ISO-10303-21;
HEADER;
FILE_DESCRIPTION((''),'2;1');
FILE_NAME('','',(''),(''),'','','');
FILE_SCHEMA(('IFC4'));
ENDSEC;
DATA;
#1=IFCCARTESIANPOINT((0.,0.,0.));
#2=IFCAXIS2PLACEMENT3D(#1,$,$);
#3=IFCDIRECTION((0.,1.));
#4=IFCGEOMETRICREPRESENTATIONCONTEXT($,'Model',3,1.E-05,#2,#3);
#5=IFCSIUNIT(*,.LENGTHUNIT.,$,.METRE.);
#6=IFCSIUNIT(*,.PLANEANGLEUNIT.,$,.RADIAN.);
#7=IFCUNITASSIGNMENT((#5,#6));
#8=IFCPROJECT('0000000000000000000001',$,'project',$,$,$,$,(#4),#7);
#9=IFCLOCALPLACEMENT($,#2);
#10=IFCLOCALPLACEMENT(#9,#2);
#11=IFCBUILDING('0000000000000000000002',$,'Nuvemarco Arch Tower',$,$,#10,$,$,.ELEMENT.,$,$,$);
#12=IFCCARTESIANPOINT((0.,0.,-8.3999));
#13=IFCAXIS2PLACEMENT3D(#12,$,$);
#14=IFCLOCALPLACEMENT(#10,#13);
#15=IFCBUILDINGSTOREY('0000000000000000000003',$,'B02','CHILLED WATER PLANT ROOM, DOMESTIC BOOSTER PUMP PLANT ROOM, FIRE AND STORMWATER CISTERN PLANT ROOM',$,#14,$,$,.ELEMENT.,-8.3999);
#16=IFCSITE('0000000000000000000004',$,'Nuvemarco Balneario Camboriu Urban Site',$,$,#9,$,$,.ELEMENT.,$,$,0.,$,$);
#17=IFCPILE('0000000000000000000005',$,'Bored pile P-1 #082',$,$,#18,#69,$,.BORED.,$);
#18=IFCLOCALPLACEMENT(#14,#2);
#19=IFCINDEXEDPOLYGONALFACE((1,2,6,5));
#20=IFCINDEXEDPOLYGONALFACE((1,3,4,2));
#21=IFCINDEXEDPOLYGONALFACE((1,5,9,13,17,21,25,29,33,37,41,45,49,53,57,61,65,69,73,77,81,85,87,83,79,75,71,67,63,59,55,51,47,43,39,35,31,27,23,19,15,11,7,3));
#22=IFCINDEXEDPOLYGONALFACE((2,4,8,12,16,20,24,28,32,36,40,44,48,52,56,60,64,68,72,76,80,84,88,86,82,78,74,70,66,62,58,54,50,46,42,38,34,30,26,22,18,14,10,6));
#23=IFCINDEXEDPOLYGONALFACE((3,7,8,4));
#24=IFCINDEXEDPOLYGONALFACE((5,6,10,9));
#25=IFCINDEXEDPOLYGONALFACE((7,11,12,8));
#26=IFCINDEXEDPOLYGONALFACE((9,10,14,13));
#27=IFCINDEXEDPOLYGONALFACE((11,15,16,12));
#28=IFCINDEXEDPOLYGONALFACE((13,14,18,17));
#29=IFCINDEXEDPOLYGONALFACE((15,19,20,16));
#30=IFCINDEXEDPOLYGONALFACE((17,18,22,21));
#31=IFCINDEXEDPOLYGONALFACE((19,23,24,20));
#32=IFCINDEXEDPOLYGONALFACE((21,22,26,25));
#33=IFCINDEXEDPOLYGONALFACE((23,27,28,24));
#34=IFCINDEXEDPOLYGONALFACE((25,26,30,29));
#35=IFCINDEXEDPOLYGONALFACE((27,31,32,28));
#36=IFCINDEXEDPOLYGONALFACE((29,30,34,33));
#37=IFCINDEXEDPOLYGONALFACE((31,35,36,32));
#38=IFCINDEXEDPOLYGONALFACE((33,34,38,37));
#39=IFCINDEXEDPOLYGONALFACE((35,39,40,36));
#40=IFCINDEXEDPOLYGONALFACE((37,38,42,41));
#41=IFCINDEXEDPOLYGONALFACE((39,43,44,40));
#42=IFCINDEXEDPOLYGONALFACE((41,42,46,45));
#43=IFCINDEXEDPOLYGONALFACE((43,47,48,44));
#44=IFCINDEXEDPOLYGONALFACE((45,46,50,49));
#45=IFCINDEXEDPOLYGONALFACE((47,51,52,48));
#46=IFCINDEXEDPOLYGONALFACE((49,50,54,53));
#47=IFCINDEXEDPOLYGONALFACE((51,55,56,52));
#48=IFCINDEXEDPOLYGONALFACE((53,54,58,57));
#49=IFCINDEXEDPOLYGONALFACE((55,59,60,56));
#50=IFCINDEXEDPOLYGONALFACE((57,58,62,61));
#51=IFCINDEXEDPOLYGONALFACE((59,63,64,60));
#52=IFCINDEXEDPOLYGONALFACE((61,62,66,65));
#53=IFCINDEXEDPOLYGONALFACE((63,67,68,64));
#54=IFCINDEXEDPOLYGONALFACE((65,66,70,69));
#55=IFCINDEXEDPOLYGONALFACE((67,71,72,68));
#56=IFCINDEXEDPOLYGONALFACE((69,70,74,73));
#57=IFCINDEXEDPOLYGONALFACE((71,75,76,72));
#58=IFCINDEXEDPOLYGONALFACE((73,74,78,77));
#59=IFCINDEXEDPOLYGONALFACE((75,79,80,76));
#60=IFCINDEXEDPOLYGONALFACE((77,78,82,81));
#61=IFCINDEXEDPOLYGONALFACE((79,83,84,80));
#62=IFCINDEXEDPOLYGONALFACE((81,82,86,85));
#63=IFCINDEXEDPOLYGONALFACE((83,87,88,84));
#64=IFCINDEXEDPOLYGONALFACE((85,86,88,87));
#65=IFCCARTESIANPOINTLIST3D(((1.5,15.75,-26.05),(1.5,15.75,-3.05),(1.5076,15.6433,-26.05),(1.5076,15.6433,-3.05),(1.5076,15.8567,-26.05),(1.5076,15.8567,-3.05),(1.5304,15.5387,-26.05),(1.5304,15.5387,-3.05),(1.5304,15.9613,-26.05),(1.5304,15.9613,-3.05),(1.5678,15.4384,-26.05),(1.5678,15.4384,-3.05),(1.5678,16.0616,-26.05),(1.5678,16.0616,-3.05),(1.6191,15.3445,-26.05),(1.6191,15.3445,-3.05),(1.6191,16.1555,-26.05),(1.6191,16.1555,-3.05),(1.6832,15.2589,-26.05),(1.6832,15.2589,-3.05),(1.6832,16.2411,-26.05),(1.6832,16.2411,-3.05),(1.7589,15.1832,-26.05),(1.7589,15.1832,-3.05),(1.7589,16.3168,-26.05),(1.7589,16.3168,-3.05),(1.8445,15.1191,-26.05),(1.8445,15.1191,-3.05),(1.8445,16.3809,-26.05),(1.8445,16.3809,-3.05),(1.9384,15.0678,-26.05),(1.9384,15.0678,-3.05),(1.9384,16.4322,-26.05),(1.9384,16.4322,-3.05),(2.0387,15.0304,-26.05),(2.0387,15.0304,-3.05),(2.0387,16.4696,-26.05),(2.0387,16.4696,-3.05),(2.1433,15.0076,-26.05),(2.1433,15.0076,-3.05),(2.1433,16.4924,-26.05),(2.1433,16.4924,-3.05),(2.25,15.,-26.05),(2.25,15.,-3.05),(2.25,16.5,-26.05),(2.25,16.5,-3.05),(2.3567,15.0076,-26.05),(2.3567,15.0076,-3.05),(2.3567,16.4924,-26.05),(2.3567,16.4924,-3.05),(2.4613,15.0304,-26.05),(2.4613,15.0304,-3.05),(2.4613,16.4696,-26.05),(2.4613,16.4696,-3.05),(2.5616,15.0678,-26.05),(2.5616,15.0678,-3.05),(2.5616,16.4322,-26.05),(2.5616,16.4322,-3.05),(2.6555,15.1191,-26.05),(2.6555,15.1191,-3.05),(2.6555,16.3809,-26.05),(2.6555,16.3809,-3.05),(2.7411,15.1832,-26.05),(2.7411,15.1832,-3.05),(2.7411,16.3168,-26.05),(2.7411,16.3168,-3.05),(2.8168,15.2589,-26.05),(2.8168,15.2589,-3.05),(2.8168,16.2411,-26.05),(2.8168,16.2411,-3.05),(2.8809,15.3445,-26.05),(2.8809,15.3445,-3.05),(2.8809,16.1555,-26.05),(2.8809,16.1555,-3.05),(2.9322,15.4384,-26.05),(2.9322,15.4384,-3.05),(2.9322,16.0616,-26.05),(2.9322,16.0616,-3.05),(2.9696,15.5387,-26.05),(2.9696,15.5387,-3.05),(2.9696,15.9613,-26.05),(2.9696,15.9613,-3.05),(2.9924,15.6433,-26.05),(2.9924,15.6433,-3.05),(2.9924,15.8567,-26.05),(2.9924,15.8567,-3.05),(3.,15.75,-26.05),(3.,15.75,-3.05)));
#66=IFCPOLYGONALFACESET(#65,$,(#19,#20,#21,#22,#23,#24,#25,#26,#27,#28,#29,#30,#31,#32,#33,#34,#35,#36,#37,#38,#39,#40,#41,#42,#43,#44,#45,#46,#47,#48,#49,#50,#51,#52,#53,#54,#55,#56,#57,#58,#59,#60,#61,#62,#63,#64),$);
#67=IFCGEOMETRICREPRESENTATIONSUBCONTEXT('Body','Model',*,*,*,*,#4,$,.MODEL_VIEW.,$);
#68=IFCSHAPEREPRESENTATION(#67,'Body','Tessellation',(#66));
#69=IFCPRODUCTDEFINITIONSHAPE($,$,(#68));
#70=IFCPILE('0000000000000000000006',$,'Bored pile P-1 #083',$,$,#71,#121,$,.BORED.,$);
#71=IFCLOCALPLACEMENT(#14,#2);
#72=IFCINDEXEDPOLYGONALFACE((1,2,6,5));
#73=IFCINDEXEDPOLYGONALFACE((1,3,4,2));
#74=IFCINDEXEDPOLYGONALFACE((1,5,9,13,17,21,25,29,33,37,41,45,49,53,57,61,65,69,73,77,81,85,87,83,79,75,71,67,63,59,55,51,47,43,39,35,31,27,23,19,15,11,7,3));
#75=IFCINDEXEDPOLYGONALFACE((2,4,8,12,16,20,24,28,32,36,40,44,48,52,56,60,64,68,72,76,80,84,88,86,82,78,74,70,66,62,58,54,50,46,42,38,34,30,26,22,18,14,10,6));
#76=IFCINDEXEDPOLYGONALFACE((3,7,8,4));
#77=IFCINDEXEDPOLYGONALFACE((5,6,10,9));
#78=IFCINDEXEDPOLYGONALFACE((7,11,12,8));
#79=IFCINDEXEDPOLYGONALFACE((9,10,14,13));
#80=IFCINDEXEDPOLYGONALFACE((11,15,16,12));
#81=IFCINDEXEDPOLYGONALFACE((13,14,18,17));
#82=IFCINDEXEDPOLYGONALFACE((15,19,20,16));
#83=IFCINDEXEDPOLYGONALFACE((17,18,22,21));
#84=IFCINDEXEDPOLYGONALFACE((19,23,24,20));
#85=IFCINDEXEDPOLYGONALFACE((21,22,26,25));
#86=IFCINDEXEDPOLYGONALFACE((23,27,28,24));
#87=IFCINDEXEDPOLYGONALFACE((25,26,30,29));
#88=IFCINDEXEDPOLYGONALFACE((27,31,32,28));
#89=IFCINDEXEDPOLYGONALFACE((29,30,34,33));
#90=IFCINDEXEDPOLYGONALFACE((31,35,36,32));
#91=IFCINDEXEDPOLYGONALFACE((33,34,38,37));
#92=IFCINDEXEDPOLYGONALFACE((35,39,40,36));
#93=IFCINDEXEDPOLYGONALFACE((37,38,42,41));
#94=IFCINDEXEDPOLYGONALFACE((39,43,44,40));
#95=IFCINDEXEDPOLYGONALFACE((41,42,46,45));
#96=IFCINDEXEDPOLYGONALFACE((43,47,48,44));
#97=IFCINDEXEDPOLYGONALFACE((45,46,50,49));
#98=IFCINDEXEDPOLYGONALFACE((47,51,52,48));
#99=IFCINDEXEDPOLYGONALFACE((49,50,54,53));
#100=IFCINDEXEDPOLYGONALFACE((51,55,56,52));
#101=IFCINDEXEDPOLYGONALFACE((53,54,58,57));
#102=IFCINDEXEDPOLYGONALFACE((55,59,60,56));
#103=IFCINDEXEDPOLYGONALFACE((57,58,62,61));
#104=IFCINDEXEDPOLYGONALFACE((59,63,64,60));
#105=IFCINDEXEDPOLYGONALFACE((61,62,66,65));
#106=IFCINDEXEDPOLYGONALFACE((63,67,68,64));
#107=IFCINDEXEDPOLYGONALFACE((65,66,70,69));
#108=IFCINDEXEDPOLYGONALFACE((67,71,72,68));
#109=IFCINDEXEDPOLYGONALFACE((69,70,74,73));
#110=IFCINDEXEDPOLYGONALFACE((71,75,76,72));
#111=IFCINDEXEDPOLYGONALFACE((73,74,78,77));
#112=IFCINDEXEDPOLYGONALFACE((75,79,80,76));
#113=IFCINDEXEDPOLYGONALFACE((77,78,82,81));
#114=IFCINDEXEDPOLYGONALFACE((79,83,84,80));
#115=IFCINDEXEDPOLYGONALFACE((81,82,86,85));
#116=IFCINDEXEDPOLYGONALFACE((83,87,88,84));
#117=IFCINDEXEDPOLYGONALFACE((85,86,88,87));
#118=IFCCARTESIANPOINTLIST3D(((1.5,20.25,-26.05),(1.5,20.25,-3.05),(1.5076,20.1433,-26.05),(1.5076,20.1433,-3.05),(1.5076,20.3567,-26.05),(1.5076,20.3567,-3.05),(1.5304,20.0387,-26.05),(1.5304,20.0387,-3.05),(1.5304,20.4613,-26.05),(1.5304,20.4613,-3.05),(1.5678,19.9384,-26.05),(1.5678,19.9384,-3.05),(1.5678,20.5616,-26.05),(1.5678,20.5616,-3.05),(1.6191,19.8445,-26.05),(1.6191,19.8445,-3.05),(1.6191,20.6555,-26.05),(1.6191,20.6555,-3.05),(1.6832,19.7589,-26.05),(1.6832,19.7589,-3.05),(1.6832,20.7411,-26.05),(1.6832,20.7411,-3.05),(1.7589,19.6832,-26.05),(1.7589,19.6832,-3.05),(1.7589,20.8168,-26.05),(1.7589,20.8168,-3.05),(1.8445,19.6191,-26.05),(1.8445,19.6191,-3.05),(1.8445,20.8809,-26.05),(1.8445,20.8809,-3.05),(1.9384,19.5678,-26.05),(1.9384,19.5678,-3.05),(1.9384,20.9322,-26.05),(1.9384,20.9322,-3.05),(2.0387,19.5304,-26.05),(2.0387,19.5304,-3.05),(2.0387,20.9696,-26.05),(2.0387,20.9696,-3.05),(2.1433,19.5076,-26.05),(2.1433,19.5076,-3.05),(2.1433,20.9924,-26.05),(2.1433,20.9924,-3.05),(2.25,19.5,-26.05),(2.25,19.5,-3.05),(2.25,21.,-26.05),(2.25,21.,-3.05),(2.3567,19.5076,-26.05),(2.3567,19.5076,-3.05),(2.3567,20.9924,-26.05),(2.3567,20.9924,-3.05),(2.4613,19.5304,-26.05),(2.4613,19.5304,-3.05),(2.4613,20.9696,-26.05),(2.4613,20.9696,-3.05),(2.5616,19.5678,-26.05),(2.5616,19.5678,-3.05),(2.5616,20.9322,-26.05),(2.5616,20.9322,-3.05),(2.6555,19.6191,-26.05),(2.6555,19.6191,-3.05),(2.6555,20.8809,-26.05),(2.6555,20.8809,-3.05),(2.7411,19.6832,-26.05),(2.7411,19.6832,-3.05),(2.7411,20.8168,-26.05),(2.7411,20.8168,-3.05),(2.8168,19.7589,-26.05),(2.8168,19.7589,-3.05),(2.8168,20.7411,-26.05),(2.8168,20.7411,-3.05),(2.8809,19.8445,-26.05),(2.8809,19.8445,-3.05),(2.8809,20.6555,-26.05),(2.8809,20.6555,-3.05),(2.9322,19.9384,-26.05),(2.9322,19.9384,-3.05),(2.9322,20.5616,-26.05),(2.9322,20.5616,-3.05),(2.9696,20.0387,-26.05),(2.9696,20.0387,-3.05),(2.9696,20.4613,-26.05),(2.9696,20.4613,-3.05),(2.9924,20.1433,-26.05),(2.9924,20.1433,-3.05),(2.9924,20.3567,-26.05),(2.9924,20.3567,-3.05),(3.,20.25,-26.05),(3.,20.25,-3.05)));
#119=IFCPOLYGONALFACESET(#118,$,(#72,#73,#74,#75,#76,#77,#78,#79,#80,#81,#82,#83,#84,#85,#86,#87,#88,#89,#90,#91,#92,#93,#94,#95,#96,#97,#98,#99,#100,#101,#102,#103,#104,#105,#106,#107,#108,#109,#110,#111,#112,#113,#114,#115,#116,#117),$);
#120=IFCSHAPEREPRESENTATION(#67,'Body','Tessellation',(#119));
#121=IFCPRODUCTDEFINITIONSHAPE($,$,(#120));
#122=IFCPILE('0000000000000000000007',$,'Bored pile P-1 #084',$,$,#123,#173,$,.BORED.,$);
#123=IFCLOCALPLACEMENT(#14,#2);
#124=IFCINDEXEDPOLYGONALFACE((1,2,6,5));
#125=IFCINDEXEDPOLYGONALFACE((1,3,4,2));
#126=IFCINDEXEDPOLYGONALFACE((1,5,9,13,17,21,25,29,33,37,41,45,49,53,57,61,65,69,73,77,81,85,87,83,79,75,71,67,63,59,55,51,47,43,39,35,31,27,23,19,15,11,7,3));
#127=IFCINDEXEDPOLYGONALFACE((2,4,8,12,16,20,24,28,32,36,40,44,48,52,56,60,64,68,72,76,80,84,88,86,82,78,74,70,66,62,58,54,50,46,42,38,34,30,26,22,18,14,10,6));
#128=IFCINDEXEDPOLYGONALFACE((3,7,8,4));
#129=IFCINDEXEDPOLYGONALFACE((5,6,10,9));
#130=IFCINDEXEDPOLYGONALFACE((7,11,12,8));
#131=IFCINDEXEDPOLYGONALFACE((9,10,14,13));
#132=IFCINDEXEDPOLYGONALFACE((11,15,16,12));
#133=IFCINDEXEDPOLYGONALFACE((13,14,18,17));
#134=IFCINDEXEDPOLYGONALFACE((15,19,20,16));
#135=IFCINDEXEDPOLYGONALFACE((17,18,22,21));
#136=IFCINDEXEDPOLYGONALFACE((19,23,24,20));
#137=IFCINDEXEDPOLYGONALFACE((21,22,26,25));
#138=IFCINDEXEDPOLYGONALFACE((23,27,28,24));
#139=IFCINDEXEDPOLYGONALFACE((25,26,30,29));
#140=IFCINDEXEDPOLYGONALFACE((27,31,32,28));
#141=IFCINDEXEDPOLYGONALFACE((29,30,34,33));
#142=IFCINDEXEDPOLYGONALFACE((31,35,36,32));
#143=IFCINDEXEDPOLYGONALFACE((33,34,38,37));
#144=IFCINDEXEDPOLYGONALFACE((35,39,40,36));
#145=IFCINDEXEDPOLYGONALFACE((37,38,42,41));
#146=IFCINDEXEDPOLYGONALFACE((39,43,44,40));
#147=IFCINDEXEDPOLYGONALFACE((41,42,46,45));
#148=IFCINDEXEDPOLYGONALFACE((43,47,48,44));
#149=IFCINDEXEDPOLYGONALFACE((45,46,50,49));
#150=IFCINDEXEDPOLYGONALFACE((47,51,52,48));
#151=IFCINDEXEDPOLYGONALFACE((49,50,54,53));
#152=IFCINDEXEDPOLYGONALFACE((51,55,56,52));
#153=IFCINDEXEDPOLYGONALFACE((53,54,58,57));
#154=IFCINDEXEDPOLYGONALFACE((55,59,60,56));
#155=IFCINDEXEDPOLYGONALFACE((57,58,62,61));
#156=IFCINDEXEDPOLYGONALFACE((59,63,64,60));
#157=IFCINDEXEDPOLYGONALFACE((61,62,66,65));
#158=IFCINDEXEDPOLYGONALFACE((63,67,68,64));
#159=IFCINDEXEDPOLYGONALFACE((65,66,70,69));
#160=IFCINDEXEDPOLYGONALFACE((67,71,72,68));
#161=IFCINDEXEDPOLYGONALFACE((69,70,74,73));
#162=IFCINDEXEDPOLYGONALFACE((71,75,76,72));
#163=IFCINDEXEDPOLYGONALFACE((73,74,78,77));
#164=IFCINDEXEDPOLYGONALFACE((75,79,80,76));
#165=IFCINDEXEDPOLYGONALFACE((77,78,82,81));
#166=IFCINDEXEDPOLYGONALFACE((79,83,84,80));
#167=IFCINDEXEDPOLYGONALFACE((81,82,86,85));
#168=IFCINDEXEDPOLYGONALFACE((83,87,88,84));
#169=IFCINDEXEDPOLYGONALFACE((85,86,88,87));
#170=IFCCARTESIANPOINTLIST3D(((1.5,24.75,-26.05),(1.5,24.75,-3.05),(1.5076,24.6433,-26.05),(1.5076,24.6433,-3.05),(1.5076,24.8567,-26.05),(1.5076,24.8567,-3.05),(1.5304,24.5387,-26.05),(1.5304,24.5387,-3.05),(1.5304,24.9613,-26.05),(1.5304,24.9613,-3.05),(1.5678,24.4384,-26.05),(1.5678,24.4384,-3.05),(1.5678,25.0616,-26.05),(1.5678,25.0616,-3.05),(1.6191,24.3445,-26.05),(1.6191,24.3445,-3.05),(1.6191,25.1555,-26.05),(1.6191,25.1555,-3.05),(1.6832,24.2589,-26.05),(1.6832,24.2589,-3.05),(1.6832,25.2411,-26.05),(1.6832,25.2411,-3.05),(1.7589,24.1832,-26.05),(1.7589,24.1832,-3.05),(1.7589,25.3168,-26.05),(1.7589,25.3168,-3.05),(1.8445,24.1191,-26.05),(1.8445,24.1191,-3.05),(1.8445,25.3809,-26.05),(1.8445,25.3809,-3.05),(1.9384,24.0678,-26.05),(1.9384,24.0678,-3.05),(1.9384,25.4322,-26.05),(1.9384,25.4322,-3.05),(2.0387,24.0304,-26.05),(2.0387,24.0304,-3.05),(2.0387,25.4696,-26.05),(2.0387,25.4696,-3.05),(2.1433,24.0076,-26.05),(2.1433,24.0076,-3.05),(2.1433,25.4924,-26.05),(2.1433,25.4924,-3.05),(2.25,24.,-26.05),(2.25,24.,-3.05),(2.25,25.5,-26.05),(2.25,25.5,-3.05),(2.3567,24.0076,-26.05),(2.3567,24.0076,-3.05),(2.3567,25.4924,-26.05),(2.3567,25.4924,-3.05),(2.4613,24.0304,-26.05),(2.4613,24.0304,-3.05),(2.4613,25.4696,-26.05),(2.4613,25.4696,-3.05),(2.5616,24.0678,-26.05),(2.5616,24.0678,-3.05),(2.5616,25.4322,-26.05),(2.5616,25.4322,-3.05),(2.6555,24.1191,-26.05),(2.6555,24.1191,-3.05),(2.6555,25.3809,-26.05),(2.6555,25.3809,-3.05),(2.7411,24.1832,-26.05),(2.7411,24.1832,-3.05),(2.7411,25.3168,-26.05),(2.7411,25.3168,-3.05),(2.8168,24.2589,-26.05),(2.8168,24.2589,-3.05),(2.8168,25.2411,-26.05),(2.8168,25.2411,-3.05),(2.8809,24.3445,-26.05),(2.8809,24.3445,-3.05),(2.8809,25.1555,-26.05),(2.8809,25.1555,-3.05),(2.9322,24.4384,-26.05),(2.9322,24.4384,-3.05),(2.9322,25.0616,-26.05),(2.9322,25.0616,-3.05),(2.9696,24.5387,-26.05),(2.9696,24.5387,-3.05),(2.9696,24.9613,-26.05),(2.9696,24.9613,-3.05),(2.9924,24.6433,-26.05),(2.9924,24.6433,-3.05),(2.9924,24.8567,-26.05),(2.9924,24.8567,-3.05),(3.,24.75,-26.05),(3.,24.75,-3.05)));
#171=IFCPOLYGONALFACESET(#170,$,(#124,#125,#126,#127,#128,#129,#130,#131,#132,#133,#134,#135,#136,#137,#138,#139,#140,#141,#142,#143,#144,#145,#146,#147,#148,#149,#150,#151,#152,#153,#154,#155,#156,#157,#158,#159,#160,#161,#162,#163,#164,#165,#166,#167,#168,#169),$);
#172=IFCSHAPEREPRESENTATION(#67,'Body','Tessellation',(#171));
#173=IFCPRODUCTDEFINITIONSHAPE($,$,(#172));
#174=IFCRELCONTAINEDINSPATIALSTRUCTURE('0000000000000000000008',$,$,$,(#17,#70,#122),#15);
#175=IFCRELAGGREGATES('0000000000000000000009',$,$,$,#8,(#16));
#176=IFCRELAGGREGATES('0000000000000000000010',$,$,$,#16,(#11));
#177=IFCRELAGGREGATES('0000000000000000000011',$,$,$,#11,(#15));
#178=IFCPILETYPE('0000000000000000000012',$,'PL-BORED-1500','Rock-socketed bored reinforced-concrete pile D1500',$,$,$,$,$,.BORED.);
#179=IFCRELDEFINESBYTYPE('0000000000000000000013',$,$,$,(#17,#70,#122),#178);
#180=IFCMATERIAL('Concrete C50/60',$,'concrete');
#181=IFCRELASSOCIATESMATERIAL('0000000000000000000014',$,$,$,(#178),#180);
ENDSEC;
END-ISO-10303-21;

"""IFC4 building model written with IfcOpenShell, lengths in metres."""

from ifc_helpers import new_model, si_unit, direction, frame, origin, origin_2d, place, context, subcontext, project, spatial, circle, extrude, material, material_profile, profile_set, type_object, element, save


model = new_model("IFC4")

# Units and contexts
model_context = context("Model", 3, precision=1e-05, world=origin(), true_north=direction((0.0, 1.0)))
body_context = subcontext(model_context, "Body", "Model", "MODEL_VIEW")
ifc_project = project(units=[si_unit("LENGTHUNIT", "METRE"), si_unit("PLANEANGLEUNIT", "RADIAN")], contexts=[model_context])

# Site, building, storey
site_placement = place(None, origin())
site = spatial("IfcSite", under=ifc_project, at=site_placement, Name="Nuvemarco Balneario Camboriu Urban Site", CompositionType="ELEMENT", RefElevation=0.0)
building_placement = place(site_placement, origin())
building = spatial("IfcBuilding", under=site, at=building_placement, Name="Nuvemarco Arch Tower", CompositionType="ELEMENT")
storey_placement = place(building_placement, frame((0.0, 0.0, -8.3999)))
storey = spatial("IfcBuildingStorey", under=building, at=storey_placement, Name="B02", Description="CHILLED WATER PLANT ROOM, DOMESTIC BOOSTER PUMP PLANT ROOM, FIRE AND STORMWATER CISTERN PLANT ROOM", CompositionType="ELEMENT", Elevation=-8.3999)

# Piles
ifc_material_1 = material(Name="Concrete C50/60", Category="concrete")
ifc_material_profile_1 = material_profile(ifc_material_1, circle(Radius=0.75, at=origin_2d()), Name="PILE-D1500")
ifc_profile_set_1 = profile_set([ifc_material_profile_1], Name="Concrete C50/60")
pile_type = type_object("IfcPileType", Name="PL-BORED-1500", Description="Rock-socketed bored reinforced-concrete pile D1500", PredefinedType="BORED", material=ifc_profile_set_1)
for number, where, z_axis, x_axis, name in (
    (1, (2.25, 15.75, -3.05), (0.0, 0.0, -1.0), (1.0, 0.0, 0.0), "Bored pile P-1 #082"),
    (2, (2.25, 20.25, -3.05), (0.0, 0.0, -1.0), (1.0, 0.0, 0.0), "Bored pile P-1 #083"),
    (3, (2.25, 24.75, -3.05), (0.0, 0.0, -1.0), (1.0, 0.0, 0.0), "Bored pile P-1 #084"),
):
    element("IfcPile", number, at=place(storey_placement, frame(where, z_axis=z_axis, x_axis=x_axis)), inside=storey, type_object=pile_type, Name=name, PredefinedType="BORED", context=body_context, shape_type="SweptSolid", body=[
        extrude(circle(Radius=0.75, at=origin_2d()), origin(), (0.0, 0.0, 1.0), 23.0),
    ])

save(model, "model.ifc")
